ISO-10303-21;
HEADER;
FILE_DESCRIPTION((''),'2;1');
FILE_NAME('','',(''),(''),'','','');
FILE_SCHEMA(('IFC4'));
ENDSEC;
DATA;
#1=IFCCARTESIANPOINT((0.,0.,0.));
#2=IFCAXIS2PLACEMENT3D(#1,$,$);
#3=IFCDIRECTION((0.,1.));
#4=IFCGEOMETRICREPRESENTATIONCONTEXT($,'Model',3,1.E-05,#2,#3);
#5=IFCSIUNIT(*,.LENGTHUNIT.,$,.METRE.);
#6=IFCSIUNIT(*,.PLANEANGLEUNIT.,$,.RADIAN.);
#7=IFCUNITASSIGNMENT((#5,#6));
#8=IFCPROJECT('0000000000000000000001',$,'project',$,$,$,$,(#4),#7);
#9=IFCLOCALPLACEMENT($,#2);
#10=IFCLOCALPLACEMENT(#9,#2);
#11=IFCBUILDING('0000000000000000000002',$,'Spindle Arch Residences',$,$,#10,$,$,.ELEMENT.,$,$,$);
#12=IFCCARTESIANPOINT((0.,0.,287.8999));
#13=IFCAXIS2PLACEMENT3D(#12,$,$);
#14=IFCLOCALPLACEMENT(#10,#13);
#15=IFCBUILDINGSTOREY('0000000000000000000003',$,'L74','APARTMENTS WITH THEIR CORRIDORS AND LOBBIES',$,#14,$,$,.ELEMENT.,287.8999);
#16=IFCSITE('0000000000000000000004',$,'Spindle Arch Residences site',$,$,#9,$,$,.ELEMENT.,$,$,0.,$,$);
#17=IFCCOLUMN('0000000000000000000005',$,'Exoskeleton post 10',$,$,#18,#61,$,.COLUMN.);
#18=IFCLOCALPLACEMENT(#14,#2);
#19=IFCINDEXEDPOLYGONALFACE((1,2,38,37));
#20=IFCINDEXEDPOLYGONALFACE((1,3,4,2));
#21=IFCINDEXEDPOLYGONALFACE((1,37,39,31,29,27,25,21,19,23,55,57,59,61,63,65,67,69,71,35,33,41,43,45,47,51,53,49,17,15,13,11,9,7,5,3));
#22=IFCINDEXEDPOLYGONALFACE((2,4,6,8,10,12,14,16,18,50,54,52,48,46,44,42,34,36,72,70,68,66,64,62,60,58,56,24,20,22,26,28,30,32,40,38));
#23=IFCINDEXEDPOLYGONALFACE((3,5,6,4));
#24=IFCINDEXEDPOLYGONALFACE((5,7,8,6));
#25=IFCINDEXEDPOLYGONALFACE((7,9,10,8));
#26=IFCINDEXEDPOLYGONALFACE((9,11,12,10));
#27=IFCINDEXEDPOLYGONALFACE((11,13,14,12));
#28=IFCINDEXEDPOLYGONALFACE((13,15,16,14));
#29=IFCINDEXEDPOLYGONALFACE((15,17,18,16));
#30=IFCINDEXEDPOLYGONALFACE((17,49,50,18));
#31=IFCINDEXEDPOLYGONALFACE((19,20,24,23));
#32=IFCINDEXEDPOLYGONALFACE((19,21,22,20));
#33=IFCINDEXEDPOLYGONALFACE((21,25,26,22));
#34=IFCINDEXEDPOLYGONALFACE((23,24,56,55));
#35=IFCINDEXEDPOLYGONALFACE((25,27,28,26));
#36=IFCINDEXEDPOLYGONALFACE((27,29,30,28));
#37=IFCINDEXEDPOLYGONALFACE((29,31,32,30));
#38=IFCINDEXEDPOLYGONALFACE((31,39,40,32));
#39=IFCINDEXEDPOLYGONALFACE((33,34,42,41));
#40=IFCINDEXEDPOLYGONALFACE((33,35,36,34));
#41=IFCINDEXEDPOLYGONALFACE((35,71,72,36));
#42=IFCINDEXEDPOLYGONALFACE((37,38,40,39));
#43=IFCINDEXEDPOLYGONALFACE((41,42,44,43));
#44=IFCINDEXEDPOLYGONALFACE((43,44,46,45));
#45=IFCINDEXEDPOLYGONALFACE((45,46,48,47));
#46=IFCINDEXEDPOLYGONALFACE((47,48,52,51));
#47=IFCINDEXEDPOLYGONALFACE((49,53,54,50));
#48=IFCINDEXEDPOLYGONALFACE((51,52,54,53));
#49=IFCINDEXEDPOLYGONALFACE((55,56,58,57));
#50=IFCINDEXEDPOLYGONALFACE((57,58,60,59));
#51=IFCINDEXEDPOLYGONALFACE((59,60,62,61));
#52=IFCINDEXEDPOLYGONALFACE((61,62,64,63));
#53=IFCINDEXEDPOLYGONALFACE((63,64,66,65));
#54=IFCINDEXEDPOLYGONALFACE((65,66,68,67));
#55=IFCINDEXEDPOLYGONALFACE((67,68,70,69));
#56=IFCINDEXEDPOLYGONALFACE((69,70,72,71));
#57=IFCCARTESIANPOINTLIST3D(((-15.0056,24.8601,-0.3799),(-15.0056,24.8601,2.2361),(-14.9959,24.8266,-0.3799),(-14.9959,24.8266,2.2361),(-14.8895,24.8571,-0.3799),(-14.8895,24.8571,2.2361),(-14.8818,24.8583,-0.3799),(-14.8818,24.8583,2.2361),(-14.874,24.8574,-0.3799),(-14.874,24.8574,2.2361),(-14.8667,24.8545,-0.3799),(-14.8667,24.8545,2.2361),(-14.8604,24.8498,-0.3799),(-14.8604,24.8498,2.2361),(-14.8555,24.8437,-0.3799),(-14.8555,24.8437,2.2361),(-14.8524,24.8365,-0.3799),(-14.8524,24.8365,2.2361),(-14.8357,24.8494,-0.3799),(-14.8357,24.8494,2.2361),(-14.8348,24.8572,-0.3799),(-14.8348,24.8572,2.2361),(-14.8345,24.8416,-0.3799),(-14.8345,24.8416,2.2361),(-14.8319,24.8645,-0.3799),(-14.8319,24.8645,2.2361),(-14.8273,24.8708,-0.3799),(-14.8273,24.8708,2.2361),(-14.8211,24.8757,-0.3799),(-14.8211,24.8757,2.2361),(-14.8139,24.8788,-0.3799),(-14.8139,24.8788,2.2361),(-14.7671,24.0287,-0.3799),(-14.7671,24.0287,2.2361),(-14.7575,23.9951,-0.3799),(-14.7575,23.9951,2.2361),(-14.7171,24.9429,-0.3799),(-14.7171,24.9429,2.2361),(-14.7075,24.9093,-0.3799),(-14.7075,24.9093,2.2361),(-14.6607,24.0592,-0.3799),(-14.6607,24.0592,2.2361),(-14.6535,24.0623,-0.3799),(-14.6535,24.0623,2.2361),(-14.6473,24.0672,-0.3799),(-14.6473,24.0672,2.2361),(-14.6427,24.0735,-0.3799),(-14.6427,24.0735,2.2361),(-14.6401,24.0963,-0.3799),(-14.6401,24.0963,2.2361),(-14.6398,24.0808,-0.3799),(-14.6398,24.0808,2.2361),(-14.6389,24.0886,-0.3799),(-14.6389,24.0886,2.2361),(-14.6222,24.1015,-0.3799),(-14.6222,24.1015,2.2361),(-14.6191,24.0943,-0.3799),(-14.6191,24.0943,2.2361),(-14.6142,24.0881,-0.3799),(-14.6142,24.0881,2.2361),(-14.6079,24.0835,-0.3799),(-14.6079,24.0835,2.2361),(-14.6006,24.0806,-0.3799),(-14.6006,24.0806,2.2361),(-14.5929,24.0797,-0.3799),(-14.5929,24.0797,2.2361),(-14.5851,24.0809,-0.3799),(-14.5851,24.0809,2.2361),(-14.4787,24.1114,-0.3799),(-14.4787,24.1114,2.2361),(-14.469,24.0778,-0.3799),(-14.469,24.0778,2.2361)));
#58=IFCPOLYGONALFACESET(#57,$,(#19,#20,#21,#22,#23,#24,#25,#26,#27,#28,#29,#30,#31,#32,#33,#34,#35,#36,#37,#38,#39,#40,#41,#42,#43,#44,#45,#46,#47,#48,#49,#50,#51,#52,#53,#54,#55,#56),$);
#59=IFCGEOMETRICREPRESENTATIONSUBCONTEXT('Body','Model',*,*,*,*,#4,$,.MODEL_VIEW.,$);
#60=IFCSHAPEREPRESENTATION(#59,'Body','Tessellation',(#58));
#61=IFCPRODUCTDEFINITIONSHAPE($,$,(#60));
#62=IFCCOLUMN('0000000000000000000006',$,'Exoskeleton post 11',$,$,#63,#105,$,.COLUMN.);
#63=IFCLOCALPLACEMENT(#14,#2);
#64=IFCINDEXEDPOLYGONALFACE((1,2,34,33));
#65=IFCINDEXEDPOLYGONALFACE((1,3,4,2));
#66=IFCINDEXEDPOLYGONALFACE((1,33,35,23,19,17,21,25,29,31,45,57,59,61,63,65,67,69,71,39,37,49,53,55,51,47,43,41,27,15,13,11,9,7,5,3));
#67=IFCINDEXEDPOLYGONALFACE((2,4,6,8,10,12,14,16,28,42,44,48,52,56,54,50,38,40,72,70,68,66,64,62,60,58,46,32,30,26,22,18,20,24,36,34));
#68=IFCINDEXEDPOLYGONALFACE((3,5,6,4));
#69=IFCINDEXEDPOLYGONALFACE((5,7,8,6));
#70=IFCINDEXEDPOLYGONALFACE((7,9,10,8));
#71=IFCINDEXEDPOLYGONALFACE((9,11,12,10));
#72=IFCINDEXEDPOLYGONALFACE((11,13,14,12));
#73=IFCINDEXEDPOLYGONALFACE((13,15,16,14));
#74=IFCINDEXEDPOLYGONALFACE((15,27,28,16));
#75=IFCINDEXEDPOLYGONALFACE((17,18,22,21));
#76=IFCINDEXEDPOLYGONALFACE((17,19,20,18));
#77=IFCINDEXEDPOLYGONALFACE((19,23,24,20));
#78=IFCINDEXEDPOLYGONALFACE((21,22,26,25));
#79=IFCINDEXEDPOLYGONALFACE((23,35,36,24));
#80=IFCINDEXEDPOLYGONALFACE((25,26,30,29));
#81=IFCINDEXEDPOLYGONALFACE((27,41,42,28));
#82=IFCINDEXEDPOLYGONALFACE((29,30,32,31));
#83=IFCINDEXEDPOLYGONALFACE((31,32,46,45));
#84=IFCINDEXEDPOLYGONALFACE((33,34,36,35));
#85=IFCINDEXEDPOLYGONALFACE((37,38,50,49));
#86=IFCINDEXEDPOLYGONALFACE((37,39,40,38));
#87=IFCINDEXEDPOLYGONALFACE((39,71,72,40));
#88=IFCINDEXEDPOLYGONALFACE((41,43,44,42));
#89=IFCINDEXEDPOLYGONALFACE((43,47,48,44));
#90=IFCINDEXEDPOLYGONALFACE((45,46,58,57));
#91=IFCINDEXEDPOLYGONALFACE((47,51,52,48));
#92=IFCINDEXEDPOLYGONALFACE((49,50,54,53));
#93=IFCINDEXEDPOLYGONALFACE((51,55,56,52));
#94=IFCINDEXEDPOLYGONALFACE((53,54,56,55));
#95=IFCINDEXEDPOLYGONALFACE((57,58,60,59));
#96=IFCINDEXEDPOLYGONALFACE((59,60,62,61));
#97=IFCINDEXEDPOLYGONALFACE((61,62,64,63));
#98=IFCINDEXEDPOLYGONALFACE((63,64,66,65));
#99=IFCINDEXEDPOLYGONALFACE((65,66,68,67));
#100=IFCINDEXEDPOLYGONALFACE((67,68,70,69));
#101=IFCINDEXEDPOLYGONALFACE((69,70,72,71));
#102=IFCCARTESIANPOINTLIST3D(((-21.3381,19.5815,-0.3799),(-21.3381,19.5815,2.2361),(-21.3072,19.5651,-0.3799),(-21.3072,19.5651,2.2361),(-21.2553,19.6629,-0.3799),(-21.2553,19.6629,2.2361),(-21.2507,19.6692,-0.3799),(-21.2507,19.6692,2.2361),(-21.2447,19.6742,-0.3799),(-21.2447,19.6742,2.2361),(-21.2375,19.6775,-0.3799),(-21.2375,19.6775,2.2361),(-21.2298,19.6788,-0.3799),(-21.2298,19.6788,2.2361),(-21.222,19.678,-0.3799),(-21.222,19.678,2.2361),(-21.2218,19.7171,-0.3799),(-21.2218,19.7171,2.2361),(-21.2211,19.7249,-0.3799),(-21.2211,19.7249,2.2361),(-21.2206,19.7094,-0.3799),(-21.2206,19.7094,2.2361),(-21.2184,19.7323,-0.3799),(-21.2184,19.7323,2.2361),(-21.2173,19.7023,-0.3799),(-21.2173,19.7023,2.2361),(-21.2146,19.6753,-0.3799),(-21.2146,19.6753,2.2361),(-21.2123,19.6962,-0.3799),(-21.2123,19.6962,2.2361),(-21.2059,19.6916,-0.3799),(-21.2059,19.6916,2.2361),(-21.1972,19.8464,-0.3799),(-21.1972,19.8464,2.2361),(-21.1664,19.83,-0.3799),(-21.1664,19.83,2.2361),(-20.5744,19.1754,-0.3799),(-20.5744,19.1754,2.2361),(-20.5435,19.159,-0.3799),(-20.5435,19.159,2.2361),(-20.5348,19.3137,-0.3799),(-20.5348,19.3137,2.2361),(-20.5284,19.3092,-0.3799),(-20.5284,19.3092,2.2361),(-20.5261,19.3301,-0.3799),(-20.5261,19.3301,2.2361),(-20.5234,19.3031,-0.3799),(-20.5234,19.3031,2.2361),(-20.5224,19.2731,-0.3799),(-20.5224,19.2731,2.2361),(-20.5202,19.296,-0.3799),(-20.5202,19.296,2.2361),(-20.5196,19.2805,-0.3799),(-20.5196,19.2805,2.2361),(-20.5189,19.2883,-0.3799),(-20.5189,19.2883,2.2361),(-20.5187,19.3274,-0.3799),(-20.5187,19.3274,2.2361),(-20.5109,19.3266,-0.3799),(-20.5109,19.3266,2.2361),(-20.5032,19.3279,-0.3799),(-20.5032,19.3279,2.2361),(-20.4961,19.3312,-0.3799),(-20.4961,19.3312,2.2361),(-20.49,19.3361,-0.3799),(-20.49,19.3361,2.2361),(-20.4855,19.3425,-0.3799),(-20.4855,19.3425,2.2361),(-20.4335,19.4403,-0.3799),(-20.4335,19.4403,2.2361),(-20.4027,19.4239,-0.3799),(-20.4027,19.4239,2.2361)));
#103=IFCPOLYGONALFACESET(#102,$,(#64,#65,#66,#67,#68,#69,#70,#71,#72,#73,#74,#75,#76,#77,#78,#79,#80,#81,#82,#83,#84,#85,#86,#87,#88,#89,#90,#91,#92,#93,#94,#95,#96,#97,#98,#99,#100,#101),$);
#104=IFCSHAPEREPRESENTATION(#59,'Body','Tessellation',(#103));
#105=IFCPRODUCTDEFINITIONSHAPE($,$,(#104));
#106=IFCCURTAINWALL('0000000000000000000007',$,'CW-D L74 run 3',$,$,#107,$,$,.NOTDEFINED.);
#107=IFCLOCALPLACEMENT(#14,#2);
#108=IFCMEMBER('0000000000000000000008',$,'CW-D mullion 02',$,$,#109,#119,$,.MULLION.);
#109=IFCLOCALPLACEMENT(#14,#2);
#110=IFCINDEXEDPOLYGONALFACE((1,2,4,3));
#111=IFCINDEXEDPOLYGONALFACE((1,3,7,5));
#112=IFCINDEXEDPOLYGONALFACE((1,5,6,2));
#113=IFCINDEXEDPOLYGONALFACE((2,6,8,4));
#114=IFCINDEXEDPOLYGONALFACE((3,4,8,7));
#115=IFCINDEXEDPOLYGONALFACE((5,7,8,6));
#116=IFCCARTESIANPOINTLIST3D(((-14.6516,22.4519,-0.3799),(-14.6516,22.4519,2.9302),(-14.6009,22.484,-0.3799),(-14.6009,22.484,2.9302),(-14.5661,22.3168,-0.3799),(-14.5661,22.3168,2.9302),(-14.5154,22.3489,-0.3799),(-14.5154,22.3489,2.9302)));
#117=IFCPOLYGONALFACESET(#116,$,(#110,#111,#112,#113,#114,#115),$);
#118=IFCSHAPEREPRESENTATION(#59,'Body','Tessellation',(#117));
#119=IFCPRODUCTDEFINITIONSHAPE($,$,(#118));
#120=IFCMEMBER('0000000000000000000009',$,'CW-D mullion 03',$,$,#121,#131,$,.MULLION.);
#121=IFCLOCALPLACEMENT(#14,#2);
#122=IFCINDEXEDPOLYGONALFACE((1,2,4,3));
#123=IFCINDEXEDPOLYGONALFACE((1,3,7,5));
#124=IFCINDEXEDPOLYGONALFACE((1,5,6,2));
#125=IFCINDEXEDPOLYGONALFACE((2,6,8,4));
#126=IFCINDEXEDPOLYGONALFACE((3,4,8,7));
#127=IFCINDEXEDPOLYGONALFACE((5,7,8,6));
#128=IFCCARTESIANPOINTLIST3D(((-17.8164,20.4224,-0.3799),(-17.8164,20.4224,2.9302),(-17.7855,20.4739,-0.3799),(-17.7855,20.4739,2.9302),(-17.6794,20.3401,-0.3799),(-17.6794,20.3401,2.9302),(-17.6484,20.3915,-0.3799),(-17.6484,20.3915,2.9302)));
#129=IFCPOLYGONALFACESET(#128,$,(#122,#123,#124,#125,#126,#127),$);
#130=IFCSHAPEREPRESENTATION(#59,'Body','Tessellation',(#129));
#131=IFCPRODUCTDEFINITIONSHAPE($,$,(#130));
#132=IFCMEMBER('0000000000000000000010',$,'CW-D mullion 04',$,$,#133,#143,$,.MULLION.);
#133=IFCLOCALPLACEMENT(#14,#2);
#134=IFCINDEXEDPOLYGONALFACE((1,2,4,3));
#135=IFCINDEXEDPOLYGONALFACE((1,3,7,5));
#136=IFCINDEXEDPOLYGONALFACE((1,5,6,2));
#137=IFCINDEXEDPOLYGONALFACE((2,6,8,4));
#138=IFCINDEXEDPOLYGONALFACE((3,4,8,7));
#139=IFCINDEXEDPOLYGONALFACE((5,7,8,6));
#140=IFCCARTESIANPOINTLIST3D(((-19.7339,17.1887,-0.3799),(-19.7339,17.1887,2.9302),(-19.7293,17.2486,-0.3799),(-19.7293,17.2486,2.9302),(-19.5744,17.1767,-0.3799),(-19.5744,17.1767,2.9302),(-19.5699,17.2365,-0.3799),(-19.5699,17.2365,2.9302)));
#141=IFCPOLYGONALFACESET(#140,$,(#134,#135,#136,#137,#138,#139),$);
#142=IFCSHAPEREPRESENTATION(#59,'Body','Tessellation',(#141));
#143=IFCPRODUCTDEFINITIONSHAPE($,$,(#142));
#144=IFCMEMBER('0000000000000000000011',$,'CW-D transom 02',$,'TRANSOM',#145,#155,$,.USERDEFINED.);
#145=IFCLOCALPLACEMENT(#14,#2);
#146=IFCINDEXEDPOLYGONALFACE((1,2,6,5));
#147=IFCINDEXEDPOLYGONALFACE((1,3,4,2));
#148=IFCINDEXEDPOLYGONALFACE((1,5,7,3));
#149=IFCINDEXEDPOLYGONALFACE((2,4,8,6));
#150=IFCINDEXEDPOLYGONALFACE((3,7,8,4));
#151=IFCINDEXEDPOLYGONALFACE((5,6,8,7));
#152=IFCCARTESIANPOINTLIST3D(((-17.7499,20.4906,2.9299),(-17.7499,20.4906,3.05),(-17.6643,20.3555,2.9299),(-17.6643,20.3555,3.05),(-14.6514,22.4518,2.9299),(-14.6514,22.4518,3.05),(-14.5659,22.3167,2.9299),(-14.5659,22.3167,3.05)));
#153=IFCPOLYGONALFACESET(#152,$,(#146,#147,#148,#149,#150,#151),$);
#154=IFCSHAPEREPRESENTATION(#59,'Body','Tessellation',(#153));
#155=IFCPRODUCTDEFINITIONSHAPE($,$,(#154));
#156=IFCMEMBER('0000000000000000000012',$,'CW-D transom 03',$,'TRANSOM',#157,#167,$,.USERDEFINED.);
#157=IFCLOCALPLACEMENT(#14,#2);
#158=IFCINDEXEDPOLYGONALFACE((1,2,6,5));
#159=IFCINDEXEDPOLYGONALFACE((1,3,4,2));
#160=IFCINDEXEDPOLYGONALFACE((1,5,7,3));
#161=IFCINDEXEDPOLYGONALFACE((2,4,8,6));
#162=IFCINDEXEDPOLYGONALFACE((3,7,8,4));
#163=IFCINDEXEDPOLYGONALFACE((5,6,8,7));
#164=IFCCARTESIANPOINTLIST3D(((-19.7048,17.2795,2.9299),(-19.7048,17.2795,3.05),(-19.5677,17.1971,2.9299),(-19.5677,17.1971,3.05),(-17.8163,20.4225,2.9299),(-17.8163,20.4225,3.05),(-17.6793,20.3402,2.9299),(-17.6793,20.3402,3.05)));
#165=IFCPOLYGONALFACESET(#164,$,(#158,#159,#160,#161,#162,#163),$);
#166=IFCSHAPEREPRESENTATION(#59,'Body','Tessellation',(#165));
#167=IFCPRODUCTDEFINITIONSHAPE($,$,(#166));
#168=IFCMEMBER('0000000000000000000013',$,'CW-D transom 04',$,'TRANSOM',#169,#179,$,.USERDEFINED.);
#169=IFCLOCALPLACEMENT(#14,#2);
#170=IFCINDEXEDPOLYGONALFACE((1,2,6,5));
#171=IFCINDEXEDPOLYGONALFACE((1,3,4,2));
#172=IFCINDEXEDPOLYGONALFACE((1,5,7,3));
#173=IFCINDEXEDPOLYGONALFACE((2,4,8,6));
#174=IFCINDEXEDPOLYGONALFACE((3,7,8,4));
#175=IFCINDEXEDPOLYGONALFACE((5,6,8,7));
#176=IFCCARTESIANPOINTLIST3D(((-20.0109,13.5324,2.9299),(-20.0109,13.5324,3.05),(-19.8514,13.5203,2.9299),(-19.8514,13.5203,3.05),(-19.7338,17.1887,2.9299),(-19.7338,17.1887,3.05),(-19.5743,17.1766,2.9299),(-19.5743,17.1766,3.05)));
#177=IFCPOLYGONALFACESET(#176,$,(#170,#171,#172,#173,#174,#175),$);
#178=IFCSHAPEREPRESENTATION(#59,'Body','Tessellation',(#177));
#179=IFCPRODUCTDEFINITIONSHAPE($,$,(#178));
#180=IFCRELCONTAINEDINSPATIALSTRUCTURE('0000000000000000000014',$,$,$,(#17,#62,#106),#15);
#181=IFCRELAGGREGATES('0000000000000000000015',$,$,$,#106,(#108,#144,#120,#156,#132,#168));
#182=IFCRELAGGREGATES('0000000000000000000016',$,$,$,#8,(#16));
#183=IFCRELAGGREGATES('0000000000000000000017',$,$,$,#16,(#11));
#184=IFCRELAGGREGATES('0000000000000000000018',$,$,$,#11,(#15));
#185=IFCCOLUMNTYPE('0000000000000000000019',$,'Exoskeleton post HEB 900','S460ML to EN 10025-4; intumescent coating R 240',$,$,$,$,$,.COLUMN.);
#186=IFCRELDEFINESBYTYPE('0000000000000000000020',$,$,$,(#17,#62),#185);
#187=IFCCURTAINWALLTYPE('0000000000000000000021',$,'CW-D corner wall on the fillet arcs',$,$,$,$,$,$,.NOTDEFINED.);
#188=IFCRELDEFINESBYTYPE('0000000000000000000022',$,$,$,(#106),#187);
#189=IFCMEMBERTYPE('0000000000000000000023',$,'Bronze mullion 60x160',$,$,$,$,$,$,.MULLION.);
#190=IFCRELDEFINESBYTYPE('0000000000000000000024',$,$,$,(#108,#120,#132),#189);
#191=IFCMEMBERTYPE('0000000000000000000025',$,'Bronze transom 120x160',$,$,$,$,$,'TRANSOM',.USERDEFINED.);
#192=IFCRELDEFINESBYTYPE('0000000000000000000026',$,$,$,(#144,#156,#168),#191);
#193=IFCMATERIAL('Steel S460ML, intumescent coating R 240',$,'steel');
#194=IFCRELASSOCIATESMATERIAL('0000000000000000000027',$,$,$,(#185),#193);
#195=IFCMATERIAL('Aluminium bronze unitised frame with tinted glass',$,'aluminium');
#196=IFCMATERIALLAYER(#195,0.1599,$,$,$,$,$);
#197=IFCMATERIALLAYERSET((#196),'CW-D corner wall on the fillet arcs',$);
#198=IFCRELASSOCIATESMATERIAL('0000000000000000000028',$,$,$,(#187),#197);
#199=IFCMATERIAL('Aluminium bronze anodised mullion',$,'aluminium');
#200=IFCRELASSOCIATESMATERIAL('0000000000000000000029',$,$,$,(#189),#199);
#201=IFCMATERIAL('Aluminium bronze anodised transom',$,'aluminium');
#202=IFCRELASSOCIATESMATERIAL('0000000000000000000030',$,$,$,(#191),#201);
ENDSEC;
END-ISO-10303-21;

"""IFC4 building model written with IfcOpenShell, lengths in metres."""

from ifc_helpers import new_model, si_unit, direction, frame, origin, origin_2d, place, context, subcontext, project, spatial, rectangle, i_section, extrude, material, layer, layer_set, material_profile, profile_set, type_object, element, aggregate, save


model = new_model("IFC4")

# Units and contexts
model_context = context("Model", 3, precision=1e-05, world=origin(), true_north=direction((0.0, 1.0)))
body_context = subcontext(model_context, "Body", "Model", "MODEL_VIEW")
ifc_project = project(units=[si_unit("LENGTHUNIT", "METRE"), si_unit("PLANEANGLEUNIT", "RADIAN")], contexts=[model_context])

# Site, building, storey
site_placement = place(None, origin())
site = spatial("IfcSite", under=ifc_project, at=site_placement, Name="Spindle Arch Residences site", CompositionType="ELEMENT", RefElevation=0.0)
building_placement = place(site_placement, origin())
building = spatial("IfcBuilding", under=site, at=building_placement, Name="Spindle Arch Residences", CompositionType="ELEMENT")
storey_placement = place(building_placement, frame((0.0, 0.0, 287.8999)))
storey = spatial("IfcBuildingStorey", under=building, at=storey_placement, Name="L74", Description="APARTMENTS WITH THEIR CORRIDORS AND LOBBIES", CompositionType="ELEMENT", Elevation=287.8999)

# Columns
ifc_material_1 = material(Name="Steel S460ML, intumescent coating R 240", Category="steel")
ifc_material_profile_1 = material_profile(ifc_material_1, i_section(OverallWidth=0.3, OverallDepth=0.8999, WebThickness=0.0186, FlangeThickness=0.0349, FilletRadius=0.03, at=origin_2d()), Name="HEB 900")
ifc_profile_set_1 = profile_set([ifc_material_profile_1], Name="Steel S460ML, intumescent coating R 240")
column_type = type_object("IfcColumnType", Name="Exoskeleton post HEB 900", Description="S460ML to EN 10025-4; intumescent coating R 240", PredefinedType="COLUMN", material=ifc_profile_set_1)
for number, where, z_axis, x_axis, name in (
    (1, (-14.7373, 24.469, -0.3799), (0.0, 0.0, 1.0), (0.961245, 0.275695, 0.0), "Exoskeleton post 10"),
    (2, (-20.8704, 19.5027, -0.3799), (0.0, 0.0, 1.0), (0.469525, 0.882919, 0.0), "Exoskeleton post 11"),
):
    element("IfcColumn", number, at=place(storey_placement, frame(where, z_axis=z_axis, x_axis=x_axis)), inside=storey, type_object=column_type, Name=name, PredefinedType="COLUMN", context=body_context, shape_type="SweptSolid", body=[
        extrude(i_section(OverallWidth=0.3, OverallDepth=0.8999, WebThickness=0.0186, FlangeThickness=0.0349, FilletRadius=0.03, at=origin_2d()), origin(), (0.0, 0.0, 1.0), 2.616),
    ])

# Curtain wall, members
ifc_material_2 = material(Name="Aluminium bronze unitised frame with tinted glass", Category="aluminium")
ifc_layer_1 = layer(ifc_material_2, 0.1599)
ifc_layer_set_1 = layer_set([ifc_layer_1], Name="CW-D corner wall on the fillet arcs")
curtain_wall_type = type_object("IfcCurtainWallType", Name="CW-D corner wall on the fillet arcs", PredefinedType="NOTDEFINED", material=ifc_layer_set_1)
curtain_wall_placement = place(storey_placement, origin())
curtain_wall = element("IfcCurtainWall", 3, at=curtain_wall_placement, inside=storey, type_object=curtain_wall_type, Name="CW-D L74 run 3", PredefinedType="NOTDEFINED")
ifc_material_3 = material(Name="Aluminium bronze anodised mullion", Category="aluminium")
ifc_material_profile_2 = material_profile(ifc_material_3, rectangle(XDim=0.1599, YDim=0.0601, at=origin_2d()), Name="MU 60x160")
ifc_profile_set_2 = profile_set([ifc_material_profile_2], Name="Aluminium bronze anodised mullion")
member_type_1 = type_object("IfcMemberType", Name="Bronze mullion 60x160", PredefinedType="MULLION", material=ifc_profile_set_2)
member_1_placement = place(storey_placement, frame((-14.5835, 22.4004, -0.3799), z_axis=(0.0, 0.0, 1.0), x_axis=(0.534844, -0.844951, 0.0)))
member_1 = element("IfcMember", 4, at=member_1_placement, type_object=member_type_1, Name="CW-D mullion 02", PredefinedType="MULLION", context=body_context, shape_type="SweptSolid", body=[
    extrude(rectangle(XDim=0.1599, YDim=0.0601, at=origin_2d()), origin(), (0.0, 0.0, 1.0), 3.3101),
])
member_2_placement = place(storey_placement, frame((-17.7324, 20.407, -0.3799), z_axis=(0.0, 0.0, 1.0), x_axis=(0.857167, -0.515038, 0.0)))
member_2 = element("IfcMember", 5, at=member_2_placement, type_object=member_type_1, Name="CW-D mullion 03", PredefinedType="MULLION", context=body_context, shape_type="SweptSolid", body=[
    extrude(rectangle(XDim=0.1599, YDim=0.0601, at=origin_2d()), origin(), (0.0, 0.0, 1.0), 3.3101),
])
member_3_placement = place(storey_placement, frame((-19.6519, 17.2126, -0.3799), z_axis=(0.0, 0.0, 1.0), x_axis=(0.997141, -0.075559, 0.0)))
member_3 = element("IfcMember", 6, at=member_3_placement, type_object=member_type_1, Name="CW-D mullion 04", PredefinedType="MULLION", context=body_context, shape_type="SweptSolid", body=[
    extrude(rectangle(XDim=0.1599, YDim=0.0601, at=origin_2d()), origin(), (0.0, 0.0, 1.0), 3.3101),
])
ifc_material_4 = material(Name="Aluminium bronze anodised transom", Category="aluminium")
ifc_material_profile_3 = material_profile(ifc_material_4, rectangle(XDim=0.1599, YDim=0.1201, at=origin_2d()), Name="TR 120x160")
ifc_profile_set_3 = profile_set([ifc_material_profile_3], Name="Aluminium bronze anodised transom")
member_type_2 = type_object("IfcMemberType", Name="Bronze transom 120x160", ElementType="TRANSOM", PredefinedType="USERDEFINED", material=ifc_profile_set_3)
member_4_placement = place(storey_placement, frame((-14.6086, 22.3843, 2.99), z_axis=(-0.844958, -0.534832, 0.0), x_axis=(0.534832, -0.844958, 0.0)))
member_4 = element("IfcMember", 7, at=member_4_placement, type_object=member_type_2, Name="CW-D transom 02", ObjectType="TRANSOM", PredefinedType="USERDEFINED", context=body_context, shape_type="SweptSolid", body=[
    extrude(rectangle(XDim=0.1599, YDim=0.1201, at=origin_2d()), origin(), (0.0, 0.0, 1.0), 3.667),
])
member_5_placement = place(storey_placement, frame((-17.7478, 20.3813, 2.99), z_axis=(-0.515015, -0.857181, 0.0), x_axis=(0.857181, -0.515015, 0.0)))
member_5 = element("IfcMember", 8, at=member_5_placement, type_object=member_type_2, Name="CW-D transom 03", ObjectType="TRANSOM", PredefinedType="USERDEFINED", context=body_context, shape_type="SweptSolid", body=[
    extrude(rectangle(XDim=0.1599, YDim=0.1201, at=origin_2d()), origin(), (0.0, 0.0, 1.0), 3.6667),
])
member_6_placement = place(storey_placement, frame((-19.6541, 17.1826, 2.99), z_axis=(-0.075571, -0.99714, 0.0), x_axis=(0.99714, -0.075571, 0.0)))
member_6 = element("IfcMember", 9, at=member_6_placement, type_object=member_type_2, Name="CW-D transom 04", ObjectType="TRANSOM", PredefinedType="USERDEFINED", context=body_context, shape_type="SweptSolid", body=[
    extrude(rectangle(XDim=0.1599, YDim=0.1201, at=origin_2d()), origin(), (0.0, 0.0, 1.0), 3.6667),
])

aggregate(curtain_wall, [member_1, member_4, member_2, member_5, member_3, member_6])

save(model, "model.ifc")
